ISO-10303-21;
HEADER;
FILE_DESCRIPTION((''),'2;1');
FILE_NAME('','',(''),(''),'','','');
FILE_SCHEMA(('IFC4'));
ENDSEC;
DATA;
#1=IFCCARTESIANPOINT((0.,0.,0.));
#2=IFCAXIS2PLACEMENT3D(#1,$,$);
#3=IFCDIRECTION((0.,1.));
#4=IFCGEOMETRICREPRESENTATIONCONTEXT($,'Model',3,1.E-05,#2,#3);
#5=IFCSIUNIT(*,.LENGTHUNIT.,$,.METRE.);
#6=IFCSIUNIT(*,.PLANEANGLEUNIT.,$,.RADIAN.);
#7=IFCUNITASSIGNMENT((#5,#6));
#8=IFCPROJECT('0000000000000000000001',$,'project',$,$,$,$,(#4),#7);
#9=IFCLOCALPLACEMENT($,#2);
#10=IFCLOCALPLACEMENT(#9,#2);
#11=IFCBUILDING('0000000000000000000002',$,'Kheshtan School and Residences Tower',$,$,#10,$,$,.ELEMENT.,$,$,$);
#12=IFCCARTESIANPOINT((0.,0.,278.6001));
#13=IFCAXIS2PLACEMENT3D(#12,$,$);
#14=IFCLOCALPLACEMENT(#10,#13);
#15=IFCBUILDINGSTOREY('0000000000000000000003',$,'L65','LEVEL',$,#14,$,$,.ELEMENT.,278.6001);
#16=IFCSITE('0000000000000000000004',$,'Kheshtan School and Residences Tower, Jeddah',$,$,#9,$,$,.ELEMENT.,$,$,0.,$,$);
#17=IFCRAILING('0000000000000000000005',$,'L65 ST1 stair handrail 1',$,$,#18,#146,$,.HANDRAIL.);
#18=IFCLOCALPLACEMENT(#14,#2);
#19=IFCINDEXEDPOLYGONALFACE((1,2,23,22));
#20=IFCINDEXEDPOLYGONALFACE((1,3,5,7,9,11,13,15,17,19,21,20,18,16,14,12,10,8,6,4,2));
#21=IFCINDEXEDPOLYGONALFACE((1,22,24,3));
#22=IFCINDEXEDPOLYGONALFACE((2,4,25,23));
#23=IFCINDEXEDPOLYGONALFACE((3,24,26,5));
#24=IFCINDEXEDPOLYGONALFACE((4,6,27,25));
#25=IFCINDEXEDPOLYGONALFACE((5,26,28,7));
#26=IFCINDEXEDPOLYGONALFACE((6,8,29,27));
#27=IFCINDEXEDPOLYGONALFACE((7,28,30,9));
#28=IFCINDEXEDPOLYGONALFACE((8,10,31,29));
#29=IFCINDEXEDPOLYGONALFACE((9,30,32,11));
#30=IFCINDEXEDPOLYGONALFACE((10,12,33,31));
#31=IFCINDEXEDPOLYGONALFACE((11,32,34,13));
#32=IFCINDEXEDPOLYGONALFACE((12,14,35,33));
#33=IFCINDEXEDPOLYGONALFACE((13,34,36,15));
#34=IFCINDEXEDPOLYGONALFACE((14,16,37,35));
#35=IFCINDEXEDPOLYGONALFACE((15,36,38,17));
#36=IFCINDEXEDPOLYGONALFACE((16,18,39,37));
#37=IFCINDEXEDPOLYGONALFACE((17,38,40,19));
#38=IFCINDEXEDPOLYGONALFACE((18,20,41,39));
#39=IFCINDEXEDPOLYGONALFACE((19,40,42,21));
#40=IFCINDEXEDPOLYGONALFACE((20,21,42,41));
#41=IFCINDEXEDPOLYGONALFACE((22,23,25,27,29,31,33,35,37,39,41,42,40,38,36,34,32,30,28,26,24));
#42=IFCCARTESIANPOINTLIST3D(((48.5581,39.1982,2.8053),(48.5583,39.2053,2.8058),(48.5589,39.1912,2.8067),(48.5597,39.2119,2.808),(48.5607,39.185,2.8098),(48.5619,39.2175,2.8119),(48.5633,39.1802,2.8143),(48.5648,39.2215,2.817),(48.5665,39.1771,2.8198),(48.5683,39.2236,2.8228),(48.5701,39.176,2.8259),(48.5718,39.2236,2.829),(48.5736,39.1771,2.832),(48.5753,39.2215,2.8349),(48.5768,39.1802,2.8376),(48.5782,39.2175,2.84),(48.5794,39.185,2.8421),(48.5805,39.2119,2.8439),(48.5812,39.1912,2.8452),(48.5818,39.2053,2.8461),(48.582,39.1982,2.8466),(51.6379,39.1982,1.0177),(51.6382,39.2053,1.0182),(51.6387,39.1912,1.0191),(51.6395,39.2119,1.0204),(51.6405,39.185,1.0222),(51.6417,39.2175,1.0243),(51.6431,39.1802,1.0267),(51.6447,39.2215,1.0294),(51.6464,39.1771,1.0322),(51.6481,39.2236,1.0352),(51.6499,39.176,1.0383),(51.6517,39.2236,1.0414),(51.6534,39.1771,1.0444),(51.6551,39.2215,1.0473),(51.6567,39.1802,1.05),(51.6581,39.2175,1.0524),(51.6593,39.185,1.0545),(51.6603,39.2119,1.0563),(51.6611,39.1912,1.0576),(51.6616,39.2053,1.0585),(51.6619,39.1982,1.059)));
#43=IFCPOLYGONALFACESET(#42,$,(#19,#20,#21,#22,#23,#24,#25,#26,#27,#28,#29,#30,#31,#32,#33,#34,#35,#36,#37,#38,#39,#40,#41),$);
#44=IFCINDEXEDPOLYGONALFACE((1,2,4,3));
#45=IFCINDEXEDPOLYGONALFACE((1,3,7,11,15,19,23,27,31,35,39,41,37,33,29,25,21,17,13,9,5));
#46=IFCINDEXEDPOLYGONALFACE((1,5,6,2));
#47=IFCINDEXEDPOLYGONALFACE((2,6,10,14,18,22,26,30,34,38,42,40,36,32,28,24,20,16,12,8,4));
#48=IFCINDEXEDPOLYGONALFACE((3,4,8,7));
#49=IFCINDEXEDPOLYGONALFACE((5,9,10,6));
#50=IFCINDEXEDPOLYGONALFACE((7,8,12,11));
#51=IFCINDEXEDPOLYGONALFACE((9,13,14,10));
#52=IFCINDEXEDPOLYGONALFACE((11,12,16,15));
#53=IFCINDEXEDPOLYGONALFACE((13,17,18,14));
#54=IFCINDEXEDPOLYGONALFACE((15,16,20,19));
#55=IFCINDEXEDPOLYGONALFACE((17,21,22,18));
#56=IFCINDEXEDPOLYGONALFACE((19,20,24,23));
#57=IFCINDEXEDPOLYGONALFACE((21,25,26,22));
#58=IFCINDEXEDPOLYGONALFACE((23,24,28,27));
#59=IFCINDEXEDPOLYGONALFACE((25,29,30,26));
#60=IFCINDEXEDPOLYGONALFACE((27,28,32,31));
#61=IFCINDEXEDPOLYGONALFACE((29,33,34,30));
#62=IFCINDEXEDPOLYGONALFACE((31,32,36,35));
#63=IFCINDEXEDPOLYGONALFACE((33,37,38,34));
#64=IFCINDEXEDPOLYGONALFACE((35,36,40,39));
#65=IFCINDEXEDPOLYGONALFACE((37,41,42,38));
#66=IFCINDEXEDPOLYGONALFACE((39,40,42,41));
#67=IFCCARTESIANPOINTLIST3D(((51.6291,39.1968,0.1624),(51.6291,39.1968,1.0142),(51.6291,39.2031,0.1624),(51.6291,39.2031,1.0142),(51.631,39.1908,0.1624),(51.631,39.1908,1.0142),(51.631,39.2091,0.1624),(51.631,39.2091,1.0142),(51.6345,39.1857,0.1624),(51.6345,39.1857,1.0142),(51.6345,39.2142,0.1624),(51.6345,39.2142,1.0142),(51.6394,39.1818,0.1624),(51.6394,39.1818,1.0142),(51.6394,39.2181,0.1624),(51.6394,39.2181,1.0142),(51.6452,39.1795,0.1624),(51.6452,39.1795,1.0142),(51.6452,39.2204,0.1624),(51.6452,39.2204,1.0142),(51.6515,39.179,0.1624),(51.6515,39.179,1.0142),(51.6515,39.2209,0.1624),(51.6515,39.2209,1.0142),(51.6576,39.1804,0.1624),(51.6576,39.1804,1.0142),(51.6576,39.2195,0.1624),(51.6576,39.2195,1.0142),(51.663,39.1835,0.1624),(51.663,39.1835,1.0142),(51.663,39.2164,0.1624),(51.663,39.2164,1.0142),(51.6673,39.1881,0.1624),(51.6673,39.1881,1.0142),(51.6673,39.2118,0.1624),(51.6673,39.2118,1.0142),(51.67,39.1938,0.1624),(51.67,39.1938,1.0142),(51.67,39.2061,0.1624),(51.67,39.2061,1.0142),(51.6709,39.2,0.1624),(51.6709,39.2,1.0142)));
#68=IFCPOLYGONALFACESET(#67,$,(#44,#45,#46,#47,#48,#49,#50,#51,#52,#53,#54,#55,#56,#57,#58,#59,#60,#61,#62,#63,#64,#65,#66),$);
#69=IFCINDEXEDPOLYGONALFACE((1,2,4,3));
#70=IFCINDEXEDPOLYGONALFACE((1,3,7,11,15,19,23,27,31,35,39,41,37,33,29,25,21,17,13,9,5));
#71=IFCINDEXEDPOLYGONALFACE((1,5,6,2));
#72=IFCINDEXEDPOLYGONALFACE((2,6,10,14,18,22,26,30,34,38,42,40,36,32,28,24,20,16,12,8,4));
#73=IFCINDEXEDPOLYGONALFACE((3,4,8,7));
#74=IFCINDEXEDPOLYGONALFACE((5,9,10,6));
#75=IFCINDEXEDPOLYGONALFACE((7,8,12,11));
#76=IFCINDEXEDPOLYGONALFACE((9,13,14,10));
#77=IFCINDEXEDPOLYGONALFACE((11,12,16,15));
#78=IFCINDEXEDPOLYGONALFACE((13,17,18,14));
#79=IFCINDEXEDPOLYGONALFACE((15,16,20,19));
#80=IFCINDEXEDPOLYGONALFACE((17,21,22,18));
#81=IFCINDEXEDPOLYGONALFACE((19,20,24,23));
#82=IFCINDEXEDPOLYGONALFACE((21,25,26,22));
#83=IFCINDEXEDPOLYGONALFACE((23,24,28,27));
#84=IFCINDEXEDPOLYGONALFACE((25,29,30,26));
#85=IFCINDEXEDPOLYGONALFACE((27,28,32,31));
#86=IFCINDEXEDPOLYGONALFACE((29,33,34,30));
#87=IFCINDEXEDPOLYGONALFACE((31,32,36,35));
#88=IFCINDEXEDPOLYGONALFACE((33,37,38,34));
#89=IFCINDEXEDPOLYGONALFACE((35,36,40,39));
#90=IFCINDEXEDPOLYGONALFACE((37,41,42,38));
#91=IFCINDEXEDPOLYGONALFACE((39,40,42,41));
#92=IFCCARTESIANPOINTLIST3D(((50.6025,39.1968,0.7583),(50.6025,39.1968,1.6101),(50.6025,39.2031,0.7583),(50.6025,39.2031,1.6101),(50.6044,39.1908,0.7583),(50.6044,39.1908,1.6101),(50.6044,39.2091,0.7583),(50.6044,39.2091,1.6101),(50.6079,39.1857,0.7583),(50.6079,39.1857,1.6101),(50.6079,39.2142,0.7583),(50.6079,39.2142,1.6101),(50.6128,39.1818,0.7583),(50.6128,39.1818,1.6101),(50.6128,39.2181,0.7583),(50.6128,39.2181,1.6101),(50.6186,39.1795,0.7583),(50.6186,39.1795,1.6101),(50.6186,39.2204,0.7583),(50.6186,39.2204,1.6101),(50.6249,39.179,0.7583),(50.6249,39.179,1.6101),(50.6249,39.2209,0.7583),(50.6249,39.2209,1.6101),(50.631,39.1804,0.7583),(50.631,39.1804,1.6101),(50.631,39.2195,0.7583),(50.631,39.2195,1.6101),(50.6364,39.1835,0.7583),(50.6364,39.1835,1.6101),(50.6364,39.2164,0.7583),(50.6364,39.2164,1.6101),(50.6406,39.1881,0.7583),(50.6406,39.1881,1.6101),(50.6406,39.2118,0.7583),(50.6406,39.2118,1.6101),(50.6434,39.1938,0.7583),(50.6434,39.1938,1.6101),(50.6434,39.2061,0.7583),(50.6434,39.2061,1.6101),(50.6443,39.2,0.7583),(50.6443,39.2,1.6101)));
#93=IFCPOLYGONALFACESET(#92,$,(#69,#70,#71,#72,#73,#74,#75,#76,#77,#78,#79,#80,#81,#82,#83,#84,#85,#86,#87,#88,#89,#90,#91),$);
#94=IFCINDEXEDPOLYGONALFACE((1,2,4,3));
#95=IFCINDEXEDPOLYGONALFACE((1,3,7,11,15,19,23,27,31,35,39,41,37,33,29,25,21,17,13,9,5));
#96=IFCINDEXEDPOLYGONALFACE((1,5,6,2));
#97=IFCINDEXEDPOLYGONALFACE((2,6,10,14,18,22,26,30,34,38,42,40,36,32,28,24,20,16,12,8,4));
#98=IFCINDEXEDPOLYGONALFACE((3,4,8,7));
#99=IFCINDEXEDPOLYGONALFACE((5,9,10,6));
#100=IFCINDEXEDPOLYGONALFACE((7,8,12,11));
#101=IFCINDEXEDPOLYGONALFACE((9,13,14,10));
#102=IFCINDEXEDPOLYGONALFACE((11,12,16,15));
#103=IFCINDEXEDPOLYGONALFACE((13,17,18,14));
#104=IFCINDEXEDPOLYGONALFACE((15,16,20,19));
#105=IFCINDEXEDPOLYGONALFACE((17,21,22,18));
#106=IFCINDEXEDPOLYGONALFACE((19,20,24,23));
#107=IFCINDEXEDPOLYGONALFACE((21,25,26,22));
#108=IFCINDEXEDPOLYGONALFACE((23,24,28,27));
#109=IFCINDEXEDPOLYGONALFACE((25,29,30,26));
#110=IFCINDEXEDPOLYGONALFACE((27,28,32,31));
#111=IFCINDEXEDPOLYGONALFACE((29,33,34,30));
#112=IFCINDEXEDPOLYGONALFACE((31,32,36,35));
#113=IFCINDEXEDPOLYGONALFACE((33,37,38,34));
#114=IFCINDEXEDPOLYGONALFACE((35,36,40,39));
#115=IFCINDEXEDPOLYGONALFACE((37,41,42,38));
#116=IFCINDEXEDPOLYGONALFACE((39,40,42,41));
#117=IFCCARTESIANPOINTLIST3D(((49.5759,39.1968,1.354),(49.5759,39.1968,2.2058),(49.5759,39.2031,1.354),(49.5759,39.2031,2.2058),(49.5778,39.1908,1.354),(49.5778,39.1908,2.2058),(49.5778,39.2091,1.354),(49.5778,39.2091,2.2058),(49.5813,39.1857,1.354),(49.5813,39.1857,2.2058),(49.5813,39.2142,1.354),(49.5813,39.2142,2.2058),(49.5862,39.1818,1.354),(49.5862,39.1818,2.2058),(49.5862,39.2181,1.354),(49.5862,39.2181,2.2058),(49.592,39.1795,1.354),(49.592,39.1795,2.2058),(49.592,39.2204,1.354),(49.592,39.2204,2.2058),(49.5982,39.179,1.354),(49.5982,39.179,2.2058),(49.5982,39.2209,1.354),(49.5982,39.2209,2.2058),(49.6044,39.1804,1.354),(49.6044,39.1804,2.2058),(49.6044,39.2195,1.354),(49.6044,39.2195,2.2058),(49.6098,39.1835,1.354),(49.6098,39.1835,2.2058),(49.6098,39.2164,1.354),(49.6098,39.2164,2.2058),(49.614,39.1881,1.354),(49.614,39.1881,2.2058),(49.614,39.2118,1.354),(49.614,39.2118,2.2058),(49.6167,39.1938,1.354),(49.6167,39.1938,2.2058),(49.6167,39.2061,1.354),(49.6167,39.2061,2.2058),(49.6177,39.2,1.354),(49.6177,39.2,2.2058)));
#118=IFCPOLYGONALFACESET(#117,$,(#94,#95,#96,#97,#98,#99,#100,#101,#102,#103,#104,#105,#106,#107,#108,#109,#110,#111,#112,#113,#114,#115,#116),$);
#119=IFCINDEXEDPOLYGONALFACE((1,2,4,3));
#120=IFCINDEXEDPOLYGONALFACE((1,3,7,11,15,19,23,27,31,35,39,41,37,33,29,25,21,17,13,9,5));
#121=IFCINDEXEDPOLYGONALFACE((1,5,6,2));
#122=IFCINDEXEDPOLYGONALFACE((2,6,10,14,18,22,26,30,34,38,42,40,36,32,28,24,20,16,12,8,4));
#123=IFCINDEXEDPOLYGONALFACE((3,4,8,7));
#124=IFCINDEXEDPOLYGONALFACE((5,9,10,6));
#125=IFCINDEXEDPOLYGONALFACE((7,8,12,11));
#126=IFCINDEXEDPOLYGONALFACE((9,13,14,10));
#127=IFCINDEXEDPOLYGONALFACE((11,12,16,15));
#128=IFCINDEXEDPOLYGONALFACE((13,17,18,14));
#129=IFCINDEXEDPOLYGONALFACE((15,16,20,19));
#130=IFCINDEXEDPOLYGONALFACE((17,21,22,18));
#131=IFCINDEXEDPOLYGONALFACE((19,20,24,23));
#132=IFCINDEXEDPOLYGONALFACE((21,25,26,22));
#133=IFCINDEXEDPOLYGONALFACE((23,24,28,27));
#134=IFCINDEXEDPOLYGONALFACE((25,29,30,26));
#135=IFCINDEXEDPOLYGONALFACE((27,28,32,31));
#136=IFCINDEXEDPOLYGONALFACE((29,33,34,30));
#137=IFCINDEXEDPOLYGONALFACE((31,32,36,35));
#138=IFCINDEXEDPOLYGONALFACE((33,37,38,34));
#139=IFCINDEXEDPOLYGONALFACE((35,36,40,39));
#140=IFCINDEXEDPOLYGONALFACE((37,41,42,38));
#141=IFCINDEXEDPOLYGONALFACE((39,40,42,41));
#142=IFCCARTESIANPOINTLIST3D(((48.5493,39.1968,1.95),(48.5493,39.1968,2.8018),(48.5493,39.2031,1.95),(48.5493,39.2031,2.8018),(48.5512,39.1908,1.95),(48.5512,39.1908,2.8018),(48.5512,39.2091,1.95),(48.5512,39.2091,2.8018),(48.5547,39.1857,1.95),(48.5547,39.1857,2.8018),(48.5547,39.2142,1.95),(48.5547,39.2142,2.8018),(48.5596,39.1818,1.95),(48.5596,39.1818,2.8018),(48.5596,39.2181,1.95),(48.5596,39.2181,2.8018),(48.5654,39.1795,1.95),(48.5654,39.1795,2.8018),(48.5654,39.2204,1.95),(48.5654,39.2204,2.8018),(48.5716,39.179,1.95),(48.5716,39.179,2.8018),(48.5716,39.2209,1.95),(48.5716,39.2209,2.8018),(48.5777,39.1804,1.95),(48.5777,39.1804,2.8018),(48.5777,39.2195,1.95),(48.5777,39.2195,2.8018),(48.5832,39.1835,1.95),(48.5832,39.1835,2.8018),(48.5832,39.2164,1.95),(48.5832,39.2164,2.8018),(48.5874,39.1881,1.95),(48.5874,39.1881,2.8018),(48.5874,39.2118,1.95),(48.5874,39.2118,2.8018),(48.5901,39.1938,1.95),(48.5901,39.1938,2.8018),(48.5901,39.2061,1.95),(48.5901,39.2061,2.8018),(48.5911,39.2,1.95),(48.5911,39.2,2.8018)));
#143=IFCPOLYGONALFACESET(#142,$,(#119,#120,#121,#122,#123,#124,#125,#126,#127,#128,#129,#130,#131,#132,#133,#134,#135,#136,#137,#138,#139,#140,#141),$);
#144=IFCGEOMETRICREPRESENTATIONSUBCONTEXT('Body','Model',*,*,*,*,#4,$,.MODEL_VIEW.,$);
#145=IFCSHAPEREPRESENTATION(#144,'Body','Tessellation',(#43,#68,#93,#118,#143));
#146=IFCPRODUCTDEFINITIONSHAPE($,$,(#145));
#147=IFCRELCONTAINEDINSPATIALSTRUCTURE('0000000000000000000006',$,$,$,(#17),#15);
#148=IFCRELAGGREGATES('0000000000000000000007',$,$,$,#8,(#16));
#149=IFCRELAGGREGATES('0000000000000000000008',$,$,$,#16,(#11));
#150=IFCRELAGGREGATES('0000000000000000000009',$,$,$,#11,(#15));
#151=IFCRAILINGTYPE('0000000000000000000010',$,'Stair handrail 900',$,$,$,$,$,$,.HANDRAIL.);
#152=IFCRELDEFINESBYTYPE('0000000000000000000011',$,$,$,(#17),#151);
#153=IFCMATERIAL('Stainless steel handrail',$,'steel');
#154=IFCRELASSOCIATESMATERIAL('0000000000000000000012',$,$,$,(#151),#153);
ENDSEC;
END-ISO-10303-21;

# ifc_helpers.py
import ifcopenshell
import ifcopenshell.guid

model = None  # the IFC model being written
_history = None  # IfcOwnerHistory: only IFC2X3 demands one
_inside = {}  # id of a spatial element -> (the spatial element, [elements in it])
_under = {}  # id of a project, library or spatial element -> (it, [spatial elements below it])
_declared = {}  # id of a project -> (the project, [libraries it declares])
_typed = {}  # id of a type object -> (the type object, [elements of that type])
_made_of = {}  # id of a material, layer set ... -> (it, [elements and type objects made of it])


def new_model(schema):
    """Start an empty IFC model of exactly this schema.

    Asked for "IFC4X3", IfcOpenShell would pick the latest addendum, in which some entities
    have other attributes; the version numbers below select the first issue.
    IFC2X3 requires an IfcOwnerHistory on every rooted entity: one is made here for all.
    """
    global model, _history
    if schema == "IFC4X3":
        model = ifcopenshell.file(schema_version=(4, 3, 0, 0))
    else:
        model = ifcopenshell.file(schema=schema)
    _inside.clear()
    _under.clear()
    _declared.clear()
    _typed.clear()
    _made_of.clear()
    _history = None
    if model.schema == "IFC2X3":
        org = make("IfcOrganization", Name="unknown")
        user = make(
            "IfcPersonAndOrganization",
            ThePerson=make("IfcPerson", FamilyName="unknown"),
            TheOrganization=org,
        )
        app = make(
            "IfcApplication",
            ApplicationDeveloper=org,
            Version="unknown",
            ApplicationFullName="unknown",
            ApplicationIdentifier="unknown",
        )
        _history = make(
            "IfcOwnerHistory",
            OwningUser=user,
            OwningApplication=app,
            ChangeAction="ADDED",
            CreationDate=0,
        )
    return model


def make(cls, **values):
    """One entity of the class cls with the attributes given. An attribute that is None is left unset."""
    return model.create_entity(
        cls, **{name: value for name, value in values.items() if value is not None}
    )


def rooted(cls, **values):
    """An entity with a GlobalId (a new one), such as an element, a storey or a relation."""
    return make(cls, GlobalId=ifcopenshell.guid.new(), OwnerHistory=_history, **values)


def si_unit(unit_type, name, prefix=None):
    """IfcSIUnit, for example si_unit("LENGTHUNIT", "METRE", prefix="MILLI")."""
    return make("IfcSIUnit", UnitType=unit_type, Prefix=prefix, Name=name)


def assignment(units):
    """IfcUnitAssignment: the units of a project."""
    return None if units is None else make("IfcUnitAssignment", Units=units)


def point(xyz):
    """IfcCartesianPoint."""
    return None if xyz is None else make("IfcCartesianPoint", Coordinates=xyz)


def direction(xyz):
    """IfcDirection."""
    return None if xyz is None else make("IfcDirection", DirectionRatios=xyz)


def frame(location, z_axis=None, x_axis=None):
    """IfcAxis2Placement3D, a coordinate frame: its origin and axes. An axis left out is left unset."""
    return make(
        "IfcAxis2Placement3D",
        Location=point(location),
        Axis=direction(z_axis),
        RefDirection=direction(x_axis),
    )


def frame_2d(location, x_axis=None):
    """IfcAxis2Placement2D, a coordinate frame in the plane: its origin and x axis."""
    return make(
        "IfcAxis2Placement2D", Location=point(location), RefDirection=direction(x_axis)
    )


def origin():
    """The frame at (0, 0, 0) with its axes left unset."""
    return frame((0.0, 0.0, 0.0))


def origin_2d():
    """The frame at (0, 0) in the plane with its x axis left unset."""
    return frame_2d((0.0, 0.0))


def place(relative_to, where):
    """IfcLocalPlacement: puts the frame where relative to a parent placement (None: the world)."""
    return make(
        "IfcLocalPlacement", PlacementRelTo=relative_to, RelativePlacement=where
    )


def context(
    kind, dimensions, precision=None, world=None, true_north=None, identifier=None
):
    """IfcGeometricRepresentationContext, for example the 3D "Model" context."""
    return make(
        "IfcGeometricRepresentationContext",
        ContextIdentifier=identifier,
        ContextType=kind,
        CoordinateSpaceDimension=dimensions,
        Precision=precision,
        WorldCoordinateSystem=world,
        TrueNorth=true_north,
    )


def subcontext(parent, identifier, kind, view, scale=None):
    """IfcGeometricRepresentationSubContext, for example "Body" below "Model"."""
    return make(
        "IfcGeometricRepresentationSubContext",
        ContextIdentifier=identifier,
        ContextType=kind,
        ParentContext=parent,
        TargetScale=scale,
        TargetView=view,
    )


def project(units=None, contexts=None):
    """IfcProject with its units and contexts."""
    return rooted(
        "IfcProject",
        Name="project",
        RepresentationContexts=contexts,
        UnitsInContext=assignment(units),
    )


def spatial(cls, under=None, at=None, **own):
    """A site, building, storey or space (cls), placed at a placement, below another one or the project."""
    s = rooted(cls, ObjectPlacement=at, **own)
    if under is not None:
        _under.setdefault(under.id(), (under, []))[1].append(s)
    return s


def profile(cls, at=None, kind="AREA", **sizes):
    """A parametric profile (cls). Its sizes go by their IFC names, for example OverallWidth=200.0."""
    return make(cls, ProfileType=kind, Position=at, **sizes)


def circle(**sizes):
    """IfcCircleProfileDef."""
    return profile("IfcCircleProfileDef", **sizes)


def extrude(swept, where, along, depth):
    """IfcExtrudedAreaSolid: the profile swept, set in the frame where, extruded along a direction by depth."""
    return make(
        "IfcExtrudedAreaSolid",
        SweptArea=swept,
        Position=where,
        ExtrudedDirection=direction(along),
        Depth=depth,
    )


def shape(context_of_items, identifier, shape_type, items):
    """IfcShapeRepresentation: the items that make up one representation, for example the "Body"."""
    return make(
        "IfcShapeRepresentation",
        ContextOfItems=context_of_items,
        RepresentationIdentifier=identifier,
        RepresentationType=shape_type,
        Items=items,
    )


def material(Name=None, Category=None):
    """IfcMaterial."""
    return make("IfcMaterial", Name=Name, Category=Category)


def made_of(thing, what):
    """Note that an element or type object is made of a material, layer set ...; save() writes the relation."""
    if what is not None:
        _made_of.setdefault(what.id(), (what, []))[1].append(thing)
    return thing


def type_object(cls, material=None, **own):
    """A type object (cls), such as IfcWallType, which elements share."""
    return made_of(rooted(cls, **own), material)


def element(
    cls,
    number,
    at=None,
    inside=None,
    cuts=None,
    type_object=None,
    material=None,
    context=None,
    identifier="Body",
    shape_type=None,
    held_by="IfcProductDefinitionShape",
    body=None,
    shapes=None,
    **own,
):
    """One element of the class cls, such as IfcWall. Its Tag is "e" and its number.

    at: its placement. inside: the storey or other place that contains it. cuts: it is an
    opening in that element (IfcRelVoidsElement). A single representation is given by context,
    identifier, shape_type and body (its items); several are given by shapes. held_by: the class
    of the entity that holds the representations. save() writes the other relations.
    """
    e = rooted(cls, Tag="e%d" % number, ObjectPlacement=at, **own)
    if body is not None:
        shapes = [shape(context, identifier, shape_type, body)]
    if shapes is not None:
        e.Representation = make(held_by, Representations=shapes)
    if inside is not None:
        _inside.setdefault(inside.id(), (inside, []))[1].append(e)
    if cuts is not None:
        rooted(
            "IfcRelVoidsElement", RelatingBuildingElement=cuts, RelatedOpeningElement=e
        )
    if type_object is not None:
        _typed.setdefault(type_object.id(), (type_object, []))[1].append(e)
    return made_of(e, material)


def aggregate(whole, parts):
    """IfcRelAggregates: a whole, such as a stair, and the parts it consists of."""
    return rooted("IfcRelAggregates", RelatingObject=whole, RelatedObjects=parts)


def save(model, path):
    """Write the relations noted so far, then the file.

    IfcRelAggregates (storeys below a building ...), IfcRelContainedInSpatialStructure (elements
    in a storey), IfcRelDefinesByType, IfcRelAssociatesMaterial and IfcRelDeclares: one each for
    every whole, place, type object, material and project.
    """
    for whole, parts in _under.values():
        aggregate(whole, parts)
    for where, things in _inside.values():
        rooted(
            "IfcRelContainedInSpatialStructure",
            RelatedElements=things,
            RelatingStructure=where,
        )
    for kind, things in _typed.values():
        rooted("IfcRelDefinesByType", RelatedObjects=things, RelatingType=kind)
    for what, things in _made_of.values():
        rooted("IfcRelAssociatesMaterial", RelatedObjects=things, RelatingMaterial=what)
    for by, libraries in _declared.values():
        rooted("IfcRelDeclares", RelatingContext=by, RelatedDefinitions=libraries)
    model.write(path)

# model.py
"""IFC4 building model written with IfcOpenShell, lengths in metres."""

from ifc_helpers import new_model, si_unit, direction, frame, origin, origin_2d, place, context, subcontext, project, spatial, circle, extrude, material, type_object, element, save


model = new_model("IFC4")

# Units and contexts
model_context = context("Model", 3, precision=1e-05, world=origin(), true_north=direction((0.0, 1.0)))
body_context = subcontext(model_context, "Body", "Model", "MODEL_VIEW")
ifc_project = project(units=[si_unit("LENGTHUNIT", "METRE"), si_unit("PLANEANGLEUNIT", "RADIAN")], contexts=[model_context])

# Site, building, storey
site_placement = place(None, origin())
site = spatial("IfcSite", under=ifc_project, at=site_placement, Name="Kheshtan School and Residences Tower, Jeddah", CompositionType="ELEMENT", RefElevation=0.0)
building_placement = place(site_placement, origin())
building = spatial("IfcBuilding", under=site, at=building_placement, Name="Kheshtan School and Residences Tower", CompositionType="ELEMENT")
storey_placement = place(building_placement, frame((0.0, 0.0, 278.6001)))
storey = spatial("IfcBuildingStorey", under=building, at=storey_placement, Name="L65", Description="LEVEL", CompositionType="ELEMENT", Elevation=278.6001)

# Railing
ifc_material_1 = material(Name="Stainless steel handrail", Category="steel")
railing_type_1 = type_object("IfcRailingType", Name="Stair handrail 900", PredefinedType="HANDRAIL", material=ifc_material_1)
railing_1_placement = place(storey_placement, frame((51.6499, 39.2, 0.1624)))
element("IfcRailing", 1, at=railing_1_placement, inside=storey, type_object=railing_type_1, Name="L65 ST1 stair handrail 1", PredefinedType="HANDRAIL", context=body_context, shape_type="SweptSolid", body=[
    extrude(circle(Radius=0.0239, at=origin_2d()), frame((0.0, 0.0, 0.876), z_axis=(-0.864873, 0.0, 0.50199), x_axis=(0.0, -1.0, 0.0)), (0.0, 0.0, 1.0), 3.561),
    extrude(circle(Radius=0.021, at=origin_2d()), origin(), (0.0, 0.0, 1.0), 0.8518),
    extrude(circle(Radius=0.021, at=origin_2d()), frame((-1.0266, 0.0, 0.5959)), (0.0, 0.0, 1.0), 0.8518),
    extrude(circle(Radius=0.021, at=origin_2d()), frame((-2.0532, 0.0, 1.1917)), (0.0, 0.0, 1.0), 0.8518),
    extrude(circle(Radius=0.021, at=origin_2d()), frame((-3.0798, 0.0, 1.7876)), (0.0, 0.0, 1.0), 0.8518),
])

save(model, "model.ifc")
